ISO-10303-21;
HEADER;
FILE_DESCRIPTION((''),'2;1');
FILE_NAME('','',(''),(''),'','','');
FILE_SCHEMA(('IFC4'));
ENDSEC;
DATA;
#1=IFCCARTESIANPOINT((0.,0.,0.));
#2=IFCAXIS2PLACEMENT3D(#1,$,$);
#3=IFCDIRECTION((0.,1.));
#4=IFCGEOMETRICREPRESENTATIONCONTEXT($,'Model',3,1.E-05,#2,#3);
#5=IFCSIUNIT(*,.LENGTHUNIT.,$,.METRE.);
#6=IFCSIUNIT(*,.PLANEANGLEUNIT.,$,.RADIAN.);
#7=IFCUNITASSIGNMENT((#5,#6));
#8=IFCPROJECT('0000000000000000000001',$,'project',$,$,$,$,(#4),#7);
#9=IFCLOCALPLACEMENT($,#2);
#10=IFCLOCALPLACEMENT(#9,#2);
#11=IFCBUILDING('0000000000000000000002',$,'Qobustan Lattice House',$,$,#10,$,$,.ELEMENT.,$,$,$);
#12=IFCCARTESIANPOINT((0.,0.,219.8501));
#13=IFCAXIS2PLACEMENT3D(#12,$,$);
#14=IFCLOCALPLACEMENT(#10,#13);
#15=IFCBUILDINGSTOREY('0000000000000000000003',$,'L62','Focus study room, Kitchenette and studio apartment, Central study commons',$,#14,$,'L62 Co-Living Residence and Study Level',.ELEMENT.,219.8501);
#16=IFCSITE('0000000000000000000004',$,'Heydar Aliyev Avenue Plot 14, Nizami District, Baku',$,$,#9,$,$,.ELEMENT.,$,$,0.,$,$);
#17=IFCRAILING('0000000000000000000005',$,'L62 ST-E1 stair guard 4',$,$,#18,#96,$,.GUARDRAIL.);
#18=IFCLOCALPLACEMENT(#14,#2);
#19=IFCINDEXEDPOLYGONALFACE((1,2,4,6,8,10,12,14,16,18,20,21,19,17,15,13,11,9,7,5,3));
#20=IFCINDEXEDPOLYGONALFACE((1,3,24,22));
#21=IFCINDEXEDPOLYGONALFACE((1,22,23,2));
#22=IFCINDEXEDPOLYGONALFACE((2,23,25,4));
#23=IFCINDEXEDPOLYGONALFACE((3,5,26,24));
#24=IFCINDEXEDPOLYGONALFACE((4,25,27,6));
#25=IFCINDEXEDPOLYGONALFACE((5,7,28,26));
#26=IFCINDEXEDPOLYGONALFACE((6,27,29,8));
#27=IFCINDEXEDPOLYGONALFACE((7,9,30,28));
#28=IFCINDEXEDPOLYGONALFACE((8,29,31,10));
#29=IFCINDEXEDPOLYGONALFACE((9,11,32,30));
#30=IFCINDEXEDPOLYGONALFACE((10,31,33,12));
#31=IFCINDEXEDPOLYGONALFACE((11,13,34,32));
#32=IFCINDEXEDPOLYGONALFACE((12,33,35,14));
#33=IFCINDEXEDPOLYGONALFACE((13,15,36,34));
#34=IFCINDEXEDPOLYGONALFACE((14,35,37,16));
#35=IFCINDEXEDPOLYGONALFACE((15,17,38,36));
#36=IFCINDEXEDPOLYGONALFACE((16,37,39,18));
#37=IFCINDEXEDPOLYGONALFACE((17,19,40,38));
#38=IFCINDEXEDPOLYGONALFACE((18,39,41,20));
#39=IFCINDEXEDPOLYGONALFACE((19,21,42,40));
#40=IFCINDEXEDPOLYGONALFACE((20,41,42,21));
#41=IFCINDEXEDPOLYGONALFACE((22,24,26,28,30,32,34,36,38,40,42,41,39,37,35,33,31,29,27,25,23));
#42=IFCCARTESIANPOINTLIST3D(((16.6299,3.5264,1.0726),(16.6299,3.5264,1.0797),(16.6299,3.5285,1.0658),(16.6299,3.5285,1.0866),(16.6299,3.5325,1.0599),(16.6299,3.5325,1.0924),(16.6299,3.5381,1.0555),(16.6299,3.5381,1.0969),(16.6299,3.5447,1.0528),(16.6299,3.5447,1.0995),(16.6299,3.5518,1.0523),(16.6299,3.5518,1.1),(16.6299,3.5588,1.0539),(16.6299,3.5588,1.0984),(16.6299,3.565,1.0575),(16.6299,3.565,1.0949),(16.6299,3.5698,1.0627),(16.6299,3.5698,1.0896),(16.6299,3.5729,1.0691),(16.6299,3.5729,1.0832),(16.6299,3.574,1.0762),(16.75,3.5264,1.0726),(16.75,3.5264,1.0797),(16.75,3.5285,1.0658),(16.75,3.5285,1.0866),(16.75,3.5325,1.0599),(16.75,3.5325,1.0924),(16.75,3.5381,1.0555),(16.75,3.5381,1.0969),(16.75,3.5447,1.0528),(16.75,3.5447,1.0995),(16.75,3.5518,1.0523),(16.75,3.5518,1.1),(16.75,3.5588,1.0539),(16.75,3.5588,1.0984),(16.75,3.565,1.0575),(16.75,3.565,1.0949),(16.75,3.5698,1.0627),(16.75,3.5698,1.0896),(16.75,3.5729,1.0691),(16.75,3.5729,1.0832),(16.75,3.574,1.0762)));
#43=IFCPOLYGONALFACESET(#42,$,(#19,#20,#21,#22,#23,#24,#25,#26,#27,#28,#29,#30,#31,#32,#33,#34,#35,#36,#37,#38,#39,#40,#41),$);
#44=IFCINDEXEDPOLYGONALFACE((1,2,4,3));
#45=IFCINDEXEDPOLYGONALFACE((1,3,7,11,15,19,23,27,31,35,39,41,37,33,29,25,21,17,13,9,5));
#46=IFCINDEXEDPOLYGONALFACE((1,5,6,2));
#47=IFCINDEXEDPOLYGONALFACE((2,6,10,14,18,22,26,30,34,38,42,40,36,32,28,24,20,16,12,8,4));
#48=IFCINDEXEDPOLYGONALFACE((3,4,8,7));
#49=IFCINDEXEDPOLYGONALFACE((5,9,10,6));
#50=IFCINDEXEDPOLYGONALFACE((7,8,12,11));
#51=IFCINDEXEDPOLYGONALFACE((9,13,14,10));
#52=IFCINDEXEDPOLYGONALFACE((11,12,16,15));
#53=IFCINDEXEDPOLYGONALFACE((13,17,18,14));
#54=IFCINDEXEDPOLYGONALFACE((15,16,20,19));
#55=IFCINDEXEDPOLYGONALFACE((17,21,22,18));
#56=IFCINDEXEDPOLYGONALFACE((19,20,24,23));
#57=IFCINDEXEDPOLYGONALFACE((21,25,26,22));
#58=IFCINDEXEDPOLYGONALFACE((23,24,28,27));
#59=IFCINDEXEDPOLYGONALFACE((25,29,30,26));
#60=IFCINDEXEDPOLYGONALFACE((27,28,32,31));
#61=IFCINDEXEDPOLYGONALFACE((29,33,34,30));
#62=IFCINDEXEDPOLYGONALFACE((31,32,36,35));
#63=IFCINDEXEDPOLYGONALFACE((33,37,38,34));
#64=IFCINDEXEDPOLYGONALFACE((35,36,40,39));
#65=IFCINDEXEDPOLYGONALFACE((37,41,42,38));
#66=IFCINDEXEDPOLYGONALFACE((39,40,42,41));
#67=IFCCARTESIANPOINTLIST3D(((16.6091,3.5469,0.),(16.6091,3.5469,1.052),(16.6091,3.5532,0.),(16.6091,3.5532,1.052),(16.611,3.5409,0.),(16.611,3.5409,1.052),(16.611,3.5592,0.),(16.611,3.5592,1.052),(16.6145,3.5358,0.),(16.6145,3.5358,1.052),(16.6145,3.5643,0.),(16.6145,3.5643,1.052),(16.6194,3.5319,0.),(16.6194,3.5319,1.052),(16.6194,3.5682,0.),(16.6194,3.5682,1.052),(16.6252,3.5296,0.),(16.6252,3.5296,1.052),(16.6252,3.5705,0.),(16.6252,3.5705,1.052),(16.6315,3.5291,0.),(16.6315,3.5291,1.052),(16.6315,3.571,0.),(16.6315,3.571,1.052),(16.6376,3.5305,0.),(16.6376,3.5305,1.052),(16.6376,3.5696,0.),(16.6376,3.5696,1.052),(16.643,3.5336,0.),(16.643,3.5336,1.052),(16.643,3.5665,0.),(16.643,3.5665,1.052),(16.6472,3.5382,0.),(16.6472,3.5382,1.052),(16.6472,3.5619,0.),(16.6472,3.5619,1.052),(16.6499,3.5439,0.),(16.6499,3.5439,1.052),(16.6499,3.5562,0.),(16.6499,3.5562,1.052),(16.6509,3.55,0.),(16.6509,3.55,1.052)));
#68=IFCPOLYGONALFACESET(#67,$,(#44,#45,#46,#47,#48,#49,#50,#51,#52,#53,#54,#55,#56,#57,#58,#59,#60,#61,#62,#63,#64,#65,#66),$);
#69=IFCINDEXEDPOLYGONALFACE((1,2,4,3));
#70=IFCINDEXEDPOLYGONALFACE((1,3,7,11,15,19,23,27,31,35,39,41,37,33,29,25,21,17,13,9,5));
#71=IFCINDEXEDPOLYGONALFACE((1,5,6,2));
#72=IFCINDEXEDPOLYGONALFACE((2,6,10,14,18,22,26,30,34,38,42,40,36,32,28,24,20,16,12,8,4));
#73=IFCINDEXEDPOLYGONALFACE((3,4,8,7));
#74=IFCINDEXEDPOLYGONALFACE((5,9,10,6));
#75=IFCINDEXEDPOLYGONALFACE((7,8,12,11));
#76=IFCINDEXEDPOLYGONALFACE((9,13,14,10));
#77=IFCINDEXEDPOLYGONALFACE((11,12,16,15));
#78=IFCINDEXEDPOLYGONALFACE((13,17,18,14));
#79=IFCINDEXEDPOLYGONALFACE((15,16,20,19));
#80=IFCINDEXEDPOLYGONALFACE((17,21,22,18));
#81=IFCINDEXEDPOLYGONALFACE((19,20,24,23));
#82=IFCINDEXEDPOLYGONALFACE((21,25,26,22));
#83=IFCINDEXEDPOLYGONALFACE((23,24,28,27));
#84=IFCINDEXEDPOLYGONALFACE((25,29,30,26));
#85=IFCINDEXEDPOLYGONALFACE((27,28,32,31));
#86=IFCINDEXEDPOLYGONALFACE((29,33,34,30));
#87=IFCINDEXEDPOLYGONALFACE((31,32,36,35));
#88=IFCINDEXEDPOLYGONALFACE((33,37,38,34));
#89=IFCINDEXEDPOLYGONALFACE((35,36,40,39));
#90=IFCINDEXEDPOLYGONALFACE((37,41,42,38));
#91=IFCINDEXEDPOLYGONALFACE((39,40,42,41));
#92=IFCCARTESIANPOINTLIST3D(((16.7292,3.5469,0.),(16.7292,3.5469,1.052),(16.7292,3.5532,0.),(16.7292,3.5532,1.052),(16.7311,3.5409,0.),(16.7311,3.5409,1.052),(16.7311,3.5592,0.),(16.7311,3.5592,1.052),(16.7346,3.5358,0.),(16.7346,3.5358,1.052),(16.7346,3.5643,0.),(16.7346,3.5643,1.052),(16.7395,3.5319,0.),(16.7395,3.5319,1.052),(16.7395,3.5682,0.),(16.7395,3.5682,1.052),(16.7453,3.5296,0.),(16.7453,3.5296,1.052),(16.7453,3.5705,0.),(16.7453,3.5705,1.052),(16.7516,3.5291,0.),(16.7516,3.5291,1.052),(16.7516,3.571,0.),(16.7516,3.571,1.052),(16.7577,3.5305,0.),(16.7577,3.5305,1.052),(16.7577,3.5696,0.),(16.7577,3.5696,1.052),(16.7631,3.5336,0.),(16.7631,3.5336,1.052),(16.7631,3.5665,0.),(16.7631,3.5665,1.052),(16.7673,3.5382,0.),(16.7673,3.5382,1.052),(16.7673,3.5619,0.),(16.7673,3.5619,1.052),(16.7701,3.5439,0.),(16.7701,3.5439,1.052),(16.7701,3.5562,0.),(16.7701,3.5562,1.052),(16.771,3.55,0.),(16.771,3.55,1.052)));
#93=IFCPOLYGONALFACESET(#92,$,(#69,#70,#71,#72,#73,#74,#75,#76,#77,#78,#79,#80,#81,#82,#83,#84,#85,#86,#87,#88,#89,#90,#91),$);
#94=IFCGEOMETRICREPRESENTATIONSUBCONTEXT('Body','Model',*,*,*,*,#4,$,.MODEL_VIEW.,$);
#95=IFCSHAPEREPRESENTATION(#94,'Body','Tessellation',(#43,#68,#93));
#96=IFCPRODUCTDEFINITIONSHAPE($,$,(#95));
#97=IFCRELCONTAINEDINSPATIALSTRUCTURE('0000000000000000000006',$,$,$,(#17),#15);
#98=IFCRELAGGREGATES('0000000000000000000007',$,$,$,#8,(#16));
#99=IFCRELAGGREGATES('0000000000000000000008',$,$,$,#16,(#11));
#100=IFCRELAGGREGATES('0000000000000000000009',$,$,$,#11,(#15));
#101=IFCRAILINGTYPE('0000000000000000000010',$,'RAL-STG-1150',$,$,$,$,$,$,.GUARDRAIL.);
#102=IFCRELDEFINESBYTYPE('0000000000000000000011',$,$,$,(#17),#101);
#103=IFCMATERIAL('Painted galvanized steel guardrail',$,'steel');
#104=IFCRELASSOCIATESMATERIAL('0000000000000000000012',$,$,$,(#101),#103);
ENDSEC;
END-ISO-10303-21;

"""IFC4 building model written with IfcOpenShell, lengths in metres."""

from ifc_helpers import new_model, si_unit, direction, frame, origin, origin_2d, place, context, subcontext, project, spatial, circle, extrude, material, type_object, element, save


model = new_model("IFC4")

# Units and contexts
model_context = context("Model", 3, precision=1e-05, world=origin(), true_north=direction((0.0, 1.0)))
body_context = subcontext(model_context, "Body", "Model", "MODEL_VIEW")
ifc_project = project(units=[si_unit("LENGTHUNIT", "METRE"), si_unit("PLANEANGLEUNIT", "RADIAN")], contexts=[model_context])

# Site, building, storey
site_placement = place(None, origin())
site = spatial("IfcSite", under=ifc_project, at=site_placement, Name="Heydar Aliyev Avenue Plot 14, Nizami District, Baku", CompositionType="ELEMENT", RefElevation=0.0)
building_placement = place(site_placement, origin())
building = spatial("IfcBuilding", under=site, at=building_placement, Name="Qobustan Lattice House", CompositionType="ELEMENT")
storey_placement = place(building_placement, frame((0.0, 0.0, 219.8501)))
storey = spatial("IfcBuildingStorey", under=building, at=storey_placement, Name="L62", Description="Focus study room, Kitchenette and studio apartment, Central study commons", LongName="L62 Co-Living Residence and Study Level", CompositionType="ELEMENT", Elevation=219.8501)

# Railing
ifc_material_1 = material(Name="Painted galvanized steel guardrail", Category="steel")
railing_type_1 = type_object("IfcRailingType", Name="RAL-STG-1150", PredefinedType="GUARDRAIL", material=ifc_material_1)
railing_1_placement = place(storey_placement, frame((16.6299, 3.55, 0.0)))
element("IfcRailing", 1, at=railing_1_placement, inside=storey, type_object=railing_type_1, Name="L62 ST-E1 stair guard 4", PredefinedType="GUARDRAIL", context=body_context, shape_type="SweptSolid", body=[
    extrude(circle(Radius=0.0239, at=origin_2d()), frame((0.0, 0.0, 1.0762), z_axis=(1.0, 0.0, 0.0), x_axis=(0.0, 1.0, 0.0)), (0.0, 0.0, 1.0), 0.1201),
    extrude(circle(Radius=0.021, at=origin_2d()), origin(), (0.0, 0.0, 1.0), 1.052),
    extrude(circle(Radius=0.021, at=origin_2d()), frame((0.1201, 0.0, 0.0)), (0.0, 0.0, 1.0), 1.052),
])

save(model, "model.ifc")
